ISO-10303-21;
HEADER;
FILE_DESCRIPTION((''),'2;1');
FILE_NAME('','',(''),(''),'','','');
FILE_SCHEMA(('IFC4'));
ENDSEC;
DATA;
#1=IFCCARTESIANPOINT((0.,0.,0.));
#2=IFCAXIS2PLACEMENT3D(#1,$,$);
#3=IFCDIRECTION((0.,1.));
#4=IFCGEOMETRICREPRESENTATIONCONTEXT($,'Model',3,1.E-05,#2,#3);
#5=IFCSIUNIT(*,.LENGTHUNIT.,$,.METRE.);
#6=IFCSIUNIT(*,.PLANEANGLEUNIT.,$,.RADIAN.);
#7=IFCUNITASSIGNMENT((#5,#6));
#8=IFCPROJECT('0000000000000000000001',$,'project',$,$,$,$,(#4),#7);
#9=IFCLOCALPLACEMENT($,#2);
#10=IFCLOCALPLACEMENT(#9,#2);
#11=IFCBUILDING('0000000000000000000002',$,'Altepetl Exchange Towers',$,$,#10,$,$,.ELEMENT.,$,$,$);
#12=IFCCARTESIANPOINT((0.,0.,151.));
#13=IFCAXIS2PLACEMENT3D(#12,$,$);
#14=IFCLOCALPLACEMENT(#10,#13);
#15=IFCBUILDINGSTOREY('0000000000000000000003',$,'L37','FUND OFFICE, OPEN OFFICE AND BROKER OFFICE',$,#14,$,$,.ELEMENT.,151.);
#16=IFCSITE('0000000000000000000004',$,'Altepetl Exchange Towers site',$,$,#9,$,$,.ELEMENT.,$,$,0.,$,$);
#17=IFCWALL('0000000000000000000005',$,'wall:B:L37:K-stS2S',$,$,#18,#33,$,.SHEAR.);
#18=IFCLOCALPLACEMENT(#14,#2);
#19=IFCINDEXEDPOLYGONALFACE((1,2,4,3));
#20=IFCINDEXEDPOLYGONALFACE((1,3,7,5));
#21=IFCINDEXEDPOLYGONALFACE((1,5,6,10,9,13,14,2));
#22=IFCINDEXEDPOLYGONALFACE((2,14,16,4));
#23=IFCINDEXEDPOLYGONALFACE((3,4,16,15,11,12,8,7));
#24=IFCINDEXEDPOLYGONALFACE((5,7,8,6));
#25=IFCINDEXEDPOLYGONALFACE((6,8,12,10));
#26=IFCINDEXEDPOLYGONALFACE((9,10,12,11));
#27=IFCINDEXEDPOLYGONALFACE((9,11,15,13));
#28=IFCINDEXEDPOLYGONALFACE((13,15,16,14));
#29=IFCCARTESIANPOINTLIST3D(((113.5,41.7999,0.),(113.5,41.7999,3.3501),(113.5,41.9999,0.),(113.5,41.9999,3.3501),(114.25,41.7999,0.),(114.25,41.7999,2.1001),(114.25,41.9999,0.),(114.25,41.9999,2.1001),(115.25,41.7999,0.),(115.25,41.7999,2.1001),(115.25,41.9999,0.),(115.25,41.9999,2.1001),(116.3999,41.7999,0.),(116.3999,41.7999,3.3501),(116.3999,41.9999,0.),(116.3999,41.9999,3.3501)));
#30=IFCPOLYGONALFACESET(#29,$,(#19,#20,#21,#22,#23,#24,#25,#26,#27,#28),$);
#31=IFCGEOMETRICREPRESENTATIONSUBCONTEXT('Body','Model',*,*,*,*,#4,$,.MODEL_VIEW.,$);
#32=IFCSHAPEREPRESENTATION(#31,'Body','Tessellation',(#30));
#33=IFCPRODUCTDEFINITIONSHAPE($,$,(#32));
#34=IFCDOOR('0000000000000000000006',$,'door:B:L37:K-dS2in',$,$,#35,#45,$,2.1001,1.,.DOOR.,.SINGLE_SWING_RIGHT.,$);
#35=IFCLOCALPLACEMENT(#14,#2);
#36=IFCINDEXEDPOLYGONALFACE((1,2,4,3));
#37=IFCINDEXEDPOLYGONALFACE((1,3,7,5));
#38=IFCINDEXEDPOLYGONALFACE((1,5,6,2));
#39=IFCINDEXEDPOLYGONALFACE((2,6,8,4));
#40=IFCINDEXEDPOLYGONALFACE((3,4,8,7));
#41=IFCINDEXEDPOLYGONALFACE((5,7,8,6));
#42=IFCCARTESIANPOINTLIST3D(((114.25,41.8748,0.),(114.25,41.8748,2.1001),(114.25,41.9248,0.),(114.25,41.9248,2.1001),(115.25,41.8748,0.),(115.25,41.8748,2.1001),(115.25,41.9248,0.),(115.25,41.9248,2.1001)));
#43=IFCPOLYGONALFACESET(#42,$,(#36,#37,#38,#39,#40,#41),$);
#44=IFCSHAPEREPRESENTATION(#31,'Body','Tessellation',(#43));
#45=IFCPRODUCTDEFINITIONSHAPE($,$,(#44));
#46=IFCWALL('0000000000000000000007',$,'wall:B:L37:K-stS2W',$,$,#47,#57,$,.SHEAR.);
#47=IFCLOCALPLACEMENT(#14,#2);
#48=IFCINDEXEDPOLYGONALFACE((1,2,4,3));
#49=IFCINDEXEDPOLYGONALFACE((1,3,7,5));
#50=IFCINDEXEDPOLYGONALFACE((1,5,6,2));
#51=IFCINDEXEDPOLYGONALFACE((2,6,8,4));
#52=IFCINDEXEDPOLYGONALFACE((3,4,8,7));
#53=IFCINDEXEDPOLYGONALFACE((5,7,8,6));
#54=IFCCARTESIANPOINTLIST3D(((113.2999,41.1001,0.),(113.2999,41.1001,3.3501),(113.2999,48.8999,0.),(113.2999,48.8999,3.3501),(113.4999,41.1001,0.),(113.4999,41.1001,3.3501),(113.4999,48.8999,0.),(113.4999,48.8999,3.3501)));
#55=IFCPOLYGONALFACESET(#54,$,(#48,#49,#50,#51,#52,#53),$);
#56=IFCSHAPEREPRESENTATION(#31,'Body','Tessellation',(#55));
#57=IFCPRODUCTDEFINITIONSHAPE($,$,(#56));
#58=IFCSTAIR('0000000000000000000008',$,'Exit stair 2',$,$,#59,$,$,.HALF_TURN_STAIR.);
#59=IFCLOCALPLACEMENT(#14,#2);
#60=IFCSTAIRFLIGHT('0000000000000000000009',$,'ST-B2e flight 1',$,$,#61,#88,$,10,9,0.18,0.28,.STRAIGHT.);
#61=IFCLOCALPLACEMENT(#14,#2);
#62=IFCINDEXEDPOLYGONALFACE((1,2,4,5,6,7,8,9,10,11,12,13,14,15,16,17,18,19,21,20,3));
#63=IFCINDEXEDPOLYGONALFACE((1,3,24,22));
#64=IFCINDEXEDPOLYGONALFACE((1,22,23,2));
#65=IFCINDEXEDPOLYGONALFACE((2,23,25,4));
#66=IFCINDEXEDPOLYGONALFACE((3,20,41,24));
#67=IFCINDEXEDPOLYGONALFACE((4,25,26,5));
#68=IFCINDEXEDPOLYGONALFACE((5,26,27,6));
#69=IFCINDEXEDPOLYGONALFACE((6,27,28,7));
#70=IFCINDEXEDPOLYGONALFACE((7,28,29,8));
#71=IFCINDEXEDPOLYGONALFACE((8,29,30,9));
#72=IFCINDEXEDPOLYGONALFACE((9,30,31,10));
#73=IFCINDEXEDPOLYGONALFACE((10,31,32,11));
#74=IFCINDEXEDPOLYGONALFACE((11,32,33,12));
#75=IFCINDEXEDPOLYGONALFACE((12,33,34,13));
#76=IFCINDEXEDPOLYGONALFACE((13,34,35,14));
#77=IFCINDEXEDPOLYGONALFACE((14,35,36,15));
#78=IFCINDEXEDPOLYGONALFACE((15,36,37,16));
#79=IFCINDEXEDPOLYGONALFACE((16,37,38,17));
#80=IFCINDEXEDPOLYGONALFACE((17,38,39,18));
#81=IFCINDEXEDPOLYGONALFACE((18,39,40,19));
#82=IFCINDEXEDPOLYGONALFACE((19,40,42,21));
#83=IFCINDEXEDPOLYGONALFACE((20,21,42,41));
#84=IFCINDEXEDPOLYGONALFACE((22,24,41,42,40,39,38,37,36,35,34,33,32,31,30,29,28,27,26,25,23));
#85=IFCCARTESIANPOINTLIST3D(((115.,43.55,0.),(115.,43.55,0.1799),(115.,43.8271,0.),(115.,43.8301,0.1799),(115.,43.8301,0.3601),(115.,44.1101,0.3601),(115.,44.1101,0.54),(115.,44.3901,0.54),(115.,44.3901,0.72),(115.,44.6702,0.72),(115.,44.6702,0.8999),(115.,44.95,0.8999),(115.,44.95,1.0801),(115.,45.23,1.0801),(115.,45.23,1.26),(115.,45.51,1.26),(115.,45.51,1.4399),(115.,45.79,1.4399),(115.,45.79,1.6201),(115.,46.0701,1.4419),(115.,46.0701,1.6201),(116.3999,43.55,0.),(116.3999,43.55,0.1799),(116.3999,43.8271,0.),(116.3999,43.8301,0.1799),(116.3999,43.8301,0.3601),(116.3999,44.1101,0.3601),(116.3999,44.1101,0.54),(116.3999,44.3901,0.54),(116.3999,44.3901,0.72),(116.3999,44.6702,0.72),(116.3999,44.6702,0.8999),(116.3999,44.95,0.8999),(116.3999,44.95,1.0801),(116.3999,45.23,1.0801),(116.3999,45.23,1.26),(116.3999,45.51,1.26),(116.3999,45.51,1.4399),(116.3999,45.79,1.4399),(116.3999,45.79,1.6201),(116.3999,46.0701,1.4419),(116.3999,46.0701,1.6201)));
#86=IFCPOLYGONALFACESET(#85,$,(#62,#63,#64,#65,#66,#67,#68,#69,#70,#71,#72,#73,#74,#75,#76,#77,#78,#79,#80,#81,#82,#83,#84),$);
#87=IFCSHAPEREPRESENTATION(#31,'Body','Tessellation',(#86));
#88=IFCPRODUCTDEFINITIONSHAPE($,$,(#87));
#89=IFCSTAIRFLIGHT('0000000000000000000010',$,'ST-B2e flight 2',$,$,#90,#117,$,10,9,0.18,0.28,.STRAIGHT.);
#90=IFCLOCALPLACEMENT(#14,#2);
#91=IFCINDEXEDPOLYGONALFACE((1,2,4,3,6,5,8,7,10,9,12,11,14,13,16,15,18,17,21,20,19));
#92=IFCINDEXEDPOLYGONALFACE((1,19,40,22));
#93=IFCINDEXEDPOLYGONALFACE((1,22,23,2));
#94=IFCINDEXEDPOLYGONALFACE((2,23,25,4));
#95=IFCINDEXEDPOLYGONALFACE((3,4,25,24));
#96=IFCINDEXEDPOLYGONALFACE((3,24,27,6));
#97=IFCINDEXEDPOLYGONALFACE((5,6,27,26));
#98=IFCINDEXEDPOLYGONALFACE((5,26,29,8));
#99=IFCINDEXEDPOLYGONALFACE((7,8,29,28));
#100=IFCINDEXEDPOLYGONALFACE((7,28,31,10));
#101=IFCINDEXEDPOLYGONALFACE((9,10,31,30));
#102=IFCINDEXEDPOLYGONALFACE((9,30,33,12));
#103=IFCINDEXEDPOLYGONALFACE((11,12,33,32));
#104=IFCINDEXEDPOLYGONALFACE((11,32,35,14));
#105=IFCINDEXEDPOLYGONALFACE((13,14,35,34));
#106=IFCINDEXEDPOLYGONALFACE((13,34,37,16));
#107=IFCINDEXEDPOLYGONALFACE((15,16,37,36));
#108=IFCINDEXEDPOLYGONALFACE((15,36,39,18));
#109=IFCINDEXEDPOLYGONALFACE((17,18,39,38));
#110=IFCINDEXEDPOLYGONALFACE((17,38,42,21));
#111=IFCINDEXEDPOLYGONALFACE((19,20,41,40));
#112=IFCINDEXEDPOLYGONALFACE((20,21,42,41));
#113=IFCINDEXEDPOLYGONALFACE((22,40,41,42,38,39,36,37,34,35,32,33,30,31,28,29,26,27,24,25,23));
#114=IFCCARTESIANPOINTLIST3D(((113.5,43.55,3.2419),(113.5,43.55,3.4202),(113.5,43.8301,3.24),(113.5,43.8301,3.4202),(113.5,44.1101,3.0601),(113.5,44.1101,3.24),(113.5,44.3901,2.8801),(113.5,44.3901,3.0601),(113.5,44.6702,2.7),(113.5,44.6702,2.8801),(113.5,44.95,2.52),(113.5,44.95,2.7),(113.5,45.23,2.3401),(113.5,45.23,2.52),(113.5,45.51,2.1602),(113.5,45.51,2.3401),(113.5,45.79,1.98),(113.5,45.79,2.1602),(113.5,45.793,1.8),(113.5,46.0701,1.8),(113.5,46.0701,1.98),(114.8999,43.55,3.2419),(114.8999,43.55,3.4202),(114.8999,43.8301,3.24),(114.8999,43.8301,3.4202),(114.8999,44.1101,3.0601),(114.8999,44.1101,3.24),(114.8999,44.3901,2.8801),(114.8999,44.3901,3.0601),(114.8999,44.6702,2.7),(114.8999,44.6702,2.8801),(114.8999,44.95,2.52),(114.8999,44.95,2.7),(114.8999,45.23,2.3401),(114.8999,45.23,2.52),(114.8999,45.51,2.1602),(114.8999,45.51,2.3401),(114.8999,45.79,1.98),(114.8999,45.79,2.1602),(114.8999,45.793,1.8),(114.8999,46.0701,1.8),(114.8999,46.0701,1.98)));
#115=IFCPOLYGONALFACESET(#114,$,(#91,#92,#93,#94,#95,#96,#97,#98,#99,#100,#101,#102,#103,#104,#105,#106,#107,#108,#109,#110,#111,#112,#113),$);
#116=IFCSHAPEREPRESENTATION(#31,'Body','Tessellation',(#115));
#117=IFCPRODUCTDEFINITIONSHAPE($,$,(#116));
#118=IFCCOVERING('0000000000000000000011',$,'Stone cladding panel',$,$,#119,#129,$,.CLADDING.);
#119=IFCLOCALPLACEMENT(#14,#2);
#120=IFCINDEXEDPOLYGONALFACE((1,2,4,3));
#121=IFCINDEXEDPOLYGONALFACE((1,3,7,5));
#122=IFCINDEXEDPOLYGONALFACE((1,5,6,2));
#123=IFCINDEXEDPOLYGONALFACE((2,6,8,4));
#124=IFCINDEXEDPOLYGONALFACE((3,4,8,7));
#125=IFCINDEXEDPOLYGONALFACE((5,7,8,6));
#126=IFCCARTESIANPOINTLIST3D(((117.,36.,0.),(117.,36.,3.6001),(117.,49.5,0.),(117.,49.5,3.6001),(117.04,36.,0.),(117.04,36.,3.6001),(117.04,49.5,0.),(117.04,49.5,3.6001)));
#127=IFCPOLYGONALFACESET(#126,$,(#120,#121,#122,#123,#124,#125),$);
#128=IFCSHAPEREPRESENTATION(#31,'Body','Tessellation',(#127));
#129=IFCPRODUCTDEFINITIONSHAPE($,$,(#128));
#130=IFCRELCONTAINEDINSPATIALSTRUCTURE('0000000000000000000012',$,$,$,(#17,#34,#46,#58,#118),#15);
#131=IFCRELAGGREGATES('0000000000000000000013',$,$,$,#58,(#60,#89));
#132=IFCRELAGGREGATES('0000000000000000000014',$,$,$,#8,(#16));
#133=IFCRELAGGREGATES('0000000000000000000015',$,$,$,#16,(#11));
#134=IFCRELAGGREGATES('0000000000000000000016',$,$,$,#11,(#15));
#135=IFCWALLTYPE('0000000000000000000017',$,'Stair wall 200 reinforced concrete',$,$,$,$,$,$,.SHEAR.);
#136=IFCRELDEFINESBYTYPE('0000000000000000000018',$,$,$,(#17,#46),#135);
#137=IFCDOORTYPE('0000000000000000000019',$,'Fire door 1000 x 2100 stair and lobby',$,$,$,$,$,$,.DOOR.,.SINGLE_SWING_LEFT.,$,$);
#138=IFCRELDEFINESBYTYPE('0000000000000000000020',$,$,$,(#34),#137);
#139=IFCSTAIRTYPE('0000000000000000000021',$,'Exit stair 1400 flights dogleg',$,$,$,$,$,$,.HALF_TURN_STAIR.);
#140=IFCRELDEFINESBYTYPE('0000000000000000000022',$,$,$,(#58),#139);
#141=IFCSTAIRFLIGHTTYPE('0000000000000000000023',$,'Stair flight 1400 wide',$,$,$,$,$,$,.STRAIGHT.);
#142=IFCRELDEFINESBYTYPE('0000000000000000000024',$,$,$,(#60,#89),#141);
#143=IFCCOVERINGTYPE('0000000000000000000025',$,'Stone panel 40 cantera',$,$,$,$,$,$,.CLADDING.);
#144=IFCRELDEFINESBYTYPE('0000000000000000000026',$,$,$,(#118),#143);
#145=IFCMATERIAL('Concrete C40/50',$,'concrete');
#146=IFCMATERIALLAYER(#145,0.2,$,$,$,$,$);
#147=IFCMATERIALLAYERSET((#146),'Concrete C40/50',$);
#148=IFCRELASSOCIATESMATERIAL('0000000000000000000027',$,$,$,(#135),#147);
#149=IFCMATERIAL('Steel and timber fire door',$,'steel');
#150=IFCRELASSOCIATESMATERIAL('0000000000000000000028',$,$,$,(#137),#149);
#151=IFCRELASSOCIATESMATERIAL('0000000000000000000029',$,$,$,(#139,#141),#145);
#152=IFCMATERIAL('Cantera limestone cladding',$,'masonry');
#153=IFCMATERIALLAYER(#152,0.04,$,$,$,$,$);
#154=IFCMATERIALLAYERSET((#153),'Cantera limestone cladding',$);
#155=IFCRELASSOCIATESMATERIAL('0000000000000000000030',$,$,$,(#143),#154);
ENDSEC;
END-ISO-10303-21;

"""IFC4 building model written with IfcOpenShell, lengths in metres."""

from ifc_helpers import new_model, si_unit, direction, frame, frame_2d, origin, origin_2d, place, context, subcontext, project, spatial, polyline, rectangle, outline, extrude, material, layer, layer_set, type_object, element, fill, aggregate, save


model = new_model("IFC4")

# Units and contexts
model_context = context("Model", 3, precision=1e-05, world=origin(), true_north=direction((0.0, 1.0)))
body_context = subcontext(model_context, "Body", "Model", "MODEL_VIEW")
ifc_project = project(units=[si_unit("LENGTHUNIT", "METRE"), si_unit("PLANEANGLEUNIT", "RADIAN")], contexts=[model_context])

# Site, building, storey
site_placement = place(None, origin())
site = spatial("IfcSite", under=ifc_project, at=site_placement, Name="Altepetl Exchange Towers site", CompositionType="ELEMENT", RefElevation=0.0)
building_placement = place(site_placement, origin())
building = spatial("IfcBuilding", under=site, at=building_placement, Name="Altepetl Exchange Towers", CompositionType="ELEMENT")
storey_placement = place(building_placement, frame((0.0, 0.0, 151.0)))
storey = spatial("IfcBuildingStorey", under=building, at=storey_placement, Name="L37", Description="FUND OFFICE, OPEN OFFICE AND BROKER OFFICE", CompositionType="ELEMENT", Elevation=151.0)

# Shared definitions
ifc_material_1 = material(Name="Steel and timber fire door", Category="steel")

# Shared definitions
ifc_material_2 = material(Name="Concrete C40/50", Category="concrete")

# Wall, opening, door
ifc_layer_1 = layer(ifc_material_2, 0.2)
ifc_layer_set_1 = layer_set([ifc_layer_1], Name="Concrete C40/50")
wall_type_1 = type_object("IfcWallType", Name="Stair wall 200 reinforced concrete", PredefinedType="SHEAR", material=ifc_layer_set_1)
wall_1_placement = place(storey_placement, frame((113.5, 41.8999, 0.0)))
wall_1 = element("IfcWall", 1, at=wall_1_placement, inside=storey, type_object=wall_type_1, Name="wall:B:L37:K-stS2S", PredefinedType="SHEAR", context=body_context, shape_type="SweptSolid", body=[
    extrude(rectangle(XDim=2.8999, YDim=0.2, at=frame_2d((1.45, 0.0))), origin(), (0.0, 0.0, 1.0), 3.3501),
])
opening_1_placement = place(wall_1_placement, frame((0.75, 0.0, 0.0)))
opening_1 = element("IfcOpeningElement", 2, at=opening_1_placement, cuts=wall_1, PredefinedType="OPENING", context=body_context, shape_type="SweptSolid", body=[
    extrude(rectangle(XDim=1.0, YDim=2.1001, at=frame_2d((0.5, 1.05))), frame((0.0, 0.1099, 0.0), z_axis=(0.0, -1.0, 0.0), x_axis=(1.0, 0.0, 0.0)), (0.0, 0.0, 1.0), 0.22),
])
door_type_1 = type_object("IfcDoorType", Name="Fire door 1000 x 2100 stair and lobby", OperationType="SINGLE_SWING_LEFT", PredefinedType="DOOR", material=ifc_material_1)
door_1_placement = place(opening_1_placement, origin())
door_1 = element("IfcDoor", 3, at=door_1_placement, inside=storey, type_object=door_type_1, Name="door:B:L37:K-dS2in", OperationType="SINGLE_SWING_RIGHT", OverallHeight=2.1001, OverallWidth=1.0, PredefinedType="DOOR", context=body_context, shape_type="SweptSolid", body=[
    extrude(rectangle(XDim=1.0, YDim=2.1001, at=frame_2d((0.5, 1.05))), frame((0.0, 0.0249, 0.0), z_axis=(0.0, -1.0, 0.0), x_axis=(1.0, 0.0, 0.0)), (0.0, 0.0, 1.0), 0.05),
])
fill(opening_1, door_1)

# Wall
wall_2_placement = place(storey_placement, frame((113.3999, 41.1001, 0.0), z_axis=(0.0, 0.0, 1.0), x_axis=(0.0, 1.0, 0.0)))
element("IfcWall", 4, at=wall_2_placement, inside=storey, type_object=wall_type_1, Name="wall:B:L37:K-stS2W", PredefinedType="SHEAR", context=body_context, shape_type="SweptSolid", body=[
    extrude(rectangle(XDim=7.7998, YDim=0.2, at=frame_2d((3.8999, 0.0))), origin(), (0.0, 0.0, 1.0), 3.3501),
])

# Stair, stair flights
stair_type = type_object("IfcStairType", Name="Exit stair 1400 flights dogleg", PredefinedType="HALF_TURN_STAIR", material=ifc_material_2)
stair_placement = place(storey_placement, origin())
stair = element("IfcStair", 5, at=stair_placement, inside=storey, type_object=stair_type, Name="Exit stair 2", PredefinedType="HALF_TURN_STAIR")
stair_flight_type = type_object("IfcStairFlightType", Name="Stair flight 1400 wide", PredefinedType="STRAIGHT", material=ifc_material_2)
stair_flight_1_placement = place(storey_placement, frame((115.7, 43.55, 0.0), z_axis=(0.0, 0.0, 1.0), x_axis=(0.0, 1.0, 0.0)))
stair_flight_1 = element("IfcStairFlight", 6, at=stair_flight_1_placement, type_object=stair_flight_type, Name="ST-B2e flight 1", NumberOfRisers=10, NumberOfTreads=9, PredefinedType="STRAIGHT", RiserHeight=0.18, TreadLength=0.28, context=body_context, shape_type="SweptSolid", body=[
    extrude(outline(polyline([(0.0, 0.0), (0.0, 0.1799), (0.28, 0.1799), (0.28, 0.3601), (0.5601, 0.3601), (0.5601, 0.54), (0.8401, 0.54), (0.8401, 0.72), (1.1201, 0.72), (1.1201, 0.8999), (1.3999, 0.8999), (1.3999, 1.0801), (1.6799, 1.0801), (1.6799, 1.26), (1.96, 1.26), (1.96, 1.4399), (2.24, 1.4399), (2.24, 1.6201), (2.52, 1.6201), (2.52, 1.8), (2.52, 1.4419), (0.2771, 0.0), (0.0, 0.0)])), frame((0.0, 0.7, 0.0), z_axis=(0.0, -1.0, 0.0), x_axis=(1.0, 0.0, 0.0)), (0.0, 0.0, 1.0), 1.3999),
])
stair_flight_2_placement = place(storey_placement, frame((114.2, 46.0701, 1.8), z_axis=(0.0, 0.0, 1.0), x_axis=(0.0, -1.0, 0.0)))
stair_flight_2 = element("IfcStairFlight", 7, at=stair_flight_2_placement, type_object=stair_flight_type, Name="ST-B2e flight 2", NumberOfRisers=10, NumberOfTreads=9, PredefinedType="STRAIGHT", RiserHeight=0.18, TreadLength=0.28, context=body_context, shape_type="SweptSolid", body=[
    extrude(outline(polyline([(0.0, 0.0), (0.0, 0.1799), (0.28, 0.1799), (0.28, 0.3601), (0.5601, 0.3601), (0.5601, 0.54), (0.8401, 0.54), (0.8401, 0.72), (1.1201, 0.72), (1.1201, 0.8999), (1.3999, 0.8999), (1.3999, 1.0801), (1.6799, 1.0801), (1.6799, 1.26), (1.96, 1.26), (1.96, 1.4399), (2.24, 1.4399), (2.24, 1.6201), (2.52, 1.6201), (2.52, 1.8), (2.52, 1.4419), (0.2771, 0.0), (0.0, 0.0)])), frame((0.0, 0.7, 0.0), z_axis=(0.0, -1.0, 0.0), x_axis=(1.0, 0.0, 0.0)), (0.0, 0.0, 1.0), 1.3999),
])
aggregate(stair, [stair_flight_1, stair_flight_2])

# Covering
ifc_material_3 = material(Name="Cantera limestone cladding", Category="masonry")
ifc_layer_2 = layer(ifc_material_3, 0.04)
ifc_layer_set_2 = layer_set([ifc_layer_2], Name="Cantera limestone cladding")
covering_type = type_object("IfcCoveringType", Name="Stone panel 40 cantera", PredefinedType="CLADDING", material=ifc_layer_set_2)
covering_placement = place(storey_placement, frame((117.02, 42.75, 0.0), z_axis=(0.0, 0.0, 1.0), x_axis=(0.0, 1.0, 0.0)))
element("IfcCovering", 8, at=covering_placement, inside=storey, type_object=covering_type, Name="Stone cladding panel", PredefinedType="CLADDING", context=body_context, shape_type="SweptSolid", body=[
    extrude(rectangle(XDim=13.5, YDim=0.04, at=origin_2d()), origin(), (0.0, 0.0, 1.0), 3.6001),
])

save(model, "model.ifc")
